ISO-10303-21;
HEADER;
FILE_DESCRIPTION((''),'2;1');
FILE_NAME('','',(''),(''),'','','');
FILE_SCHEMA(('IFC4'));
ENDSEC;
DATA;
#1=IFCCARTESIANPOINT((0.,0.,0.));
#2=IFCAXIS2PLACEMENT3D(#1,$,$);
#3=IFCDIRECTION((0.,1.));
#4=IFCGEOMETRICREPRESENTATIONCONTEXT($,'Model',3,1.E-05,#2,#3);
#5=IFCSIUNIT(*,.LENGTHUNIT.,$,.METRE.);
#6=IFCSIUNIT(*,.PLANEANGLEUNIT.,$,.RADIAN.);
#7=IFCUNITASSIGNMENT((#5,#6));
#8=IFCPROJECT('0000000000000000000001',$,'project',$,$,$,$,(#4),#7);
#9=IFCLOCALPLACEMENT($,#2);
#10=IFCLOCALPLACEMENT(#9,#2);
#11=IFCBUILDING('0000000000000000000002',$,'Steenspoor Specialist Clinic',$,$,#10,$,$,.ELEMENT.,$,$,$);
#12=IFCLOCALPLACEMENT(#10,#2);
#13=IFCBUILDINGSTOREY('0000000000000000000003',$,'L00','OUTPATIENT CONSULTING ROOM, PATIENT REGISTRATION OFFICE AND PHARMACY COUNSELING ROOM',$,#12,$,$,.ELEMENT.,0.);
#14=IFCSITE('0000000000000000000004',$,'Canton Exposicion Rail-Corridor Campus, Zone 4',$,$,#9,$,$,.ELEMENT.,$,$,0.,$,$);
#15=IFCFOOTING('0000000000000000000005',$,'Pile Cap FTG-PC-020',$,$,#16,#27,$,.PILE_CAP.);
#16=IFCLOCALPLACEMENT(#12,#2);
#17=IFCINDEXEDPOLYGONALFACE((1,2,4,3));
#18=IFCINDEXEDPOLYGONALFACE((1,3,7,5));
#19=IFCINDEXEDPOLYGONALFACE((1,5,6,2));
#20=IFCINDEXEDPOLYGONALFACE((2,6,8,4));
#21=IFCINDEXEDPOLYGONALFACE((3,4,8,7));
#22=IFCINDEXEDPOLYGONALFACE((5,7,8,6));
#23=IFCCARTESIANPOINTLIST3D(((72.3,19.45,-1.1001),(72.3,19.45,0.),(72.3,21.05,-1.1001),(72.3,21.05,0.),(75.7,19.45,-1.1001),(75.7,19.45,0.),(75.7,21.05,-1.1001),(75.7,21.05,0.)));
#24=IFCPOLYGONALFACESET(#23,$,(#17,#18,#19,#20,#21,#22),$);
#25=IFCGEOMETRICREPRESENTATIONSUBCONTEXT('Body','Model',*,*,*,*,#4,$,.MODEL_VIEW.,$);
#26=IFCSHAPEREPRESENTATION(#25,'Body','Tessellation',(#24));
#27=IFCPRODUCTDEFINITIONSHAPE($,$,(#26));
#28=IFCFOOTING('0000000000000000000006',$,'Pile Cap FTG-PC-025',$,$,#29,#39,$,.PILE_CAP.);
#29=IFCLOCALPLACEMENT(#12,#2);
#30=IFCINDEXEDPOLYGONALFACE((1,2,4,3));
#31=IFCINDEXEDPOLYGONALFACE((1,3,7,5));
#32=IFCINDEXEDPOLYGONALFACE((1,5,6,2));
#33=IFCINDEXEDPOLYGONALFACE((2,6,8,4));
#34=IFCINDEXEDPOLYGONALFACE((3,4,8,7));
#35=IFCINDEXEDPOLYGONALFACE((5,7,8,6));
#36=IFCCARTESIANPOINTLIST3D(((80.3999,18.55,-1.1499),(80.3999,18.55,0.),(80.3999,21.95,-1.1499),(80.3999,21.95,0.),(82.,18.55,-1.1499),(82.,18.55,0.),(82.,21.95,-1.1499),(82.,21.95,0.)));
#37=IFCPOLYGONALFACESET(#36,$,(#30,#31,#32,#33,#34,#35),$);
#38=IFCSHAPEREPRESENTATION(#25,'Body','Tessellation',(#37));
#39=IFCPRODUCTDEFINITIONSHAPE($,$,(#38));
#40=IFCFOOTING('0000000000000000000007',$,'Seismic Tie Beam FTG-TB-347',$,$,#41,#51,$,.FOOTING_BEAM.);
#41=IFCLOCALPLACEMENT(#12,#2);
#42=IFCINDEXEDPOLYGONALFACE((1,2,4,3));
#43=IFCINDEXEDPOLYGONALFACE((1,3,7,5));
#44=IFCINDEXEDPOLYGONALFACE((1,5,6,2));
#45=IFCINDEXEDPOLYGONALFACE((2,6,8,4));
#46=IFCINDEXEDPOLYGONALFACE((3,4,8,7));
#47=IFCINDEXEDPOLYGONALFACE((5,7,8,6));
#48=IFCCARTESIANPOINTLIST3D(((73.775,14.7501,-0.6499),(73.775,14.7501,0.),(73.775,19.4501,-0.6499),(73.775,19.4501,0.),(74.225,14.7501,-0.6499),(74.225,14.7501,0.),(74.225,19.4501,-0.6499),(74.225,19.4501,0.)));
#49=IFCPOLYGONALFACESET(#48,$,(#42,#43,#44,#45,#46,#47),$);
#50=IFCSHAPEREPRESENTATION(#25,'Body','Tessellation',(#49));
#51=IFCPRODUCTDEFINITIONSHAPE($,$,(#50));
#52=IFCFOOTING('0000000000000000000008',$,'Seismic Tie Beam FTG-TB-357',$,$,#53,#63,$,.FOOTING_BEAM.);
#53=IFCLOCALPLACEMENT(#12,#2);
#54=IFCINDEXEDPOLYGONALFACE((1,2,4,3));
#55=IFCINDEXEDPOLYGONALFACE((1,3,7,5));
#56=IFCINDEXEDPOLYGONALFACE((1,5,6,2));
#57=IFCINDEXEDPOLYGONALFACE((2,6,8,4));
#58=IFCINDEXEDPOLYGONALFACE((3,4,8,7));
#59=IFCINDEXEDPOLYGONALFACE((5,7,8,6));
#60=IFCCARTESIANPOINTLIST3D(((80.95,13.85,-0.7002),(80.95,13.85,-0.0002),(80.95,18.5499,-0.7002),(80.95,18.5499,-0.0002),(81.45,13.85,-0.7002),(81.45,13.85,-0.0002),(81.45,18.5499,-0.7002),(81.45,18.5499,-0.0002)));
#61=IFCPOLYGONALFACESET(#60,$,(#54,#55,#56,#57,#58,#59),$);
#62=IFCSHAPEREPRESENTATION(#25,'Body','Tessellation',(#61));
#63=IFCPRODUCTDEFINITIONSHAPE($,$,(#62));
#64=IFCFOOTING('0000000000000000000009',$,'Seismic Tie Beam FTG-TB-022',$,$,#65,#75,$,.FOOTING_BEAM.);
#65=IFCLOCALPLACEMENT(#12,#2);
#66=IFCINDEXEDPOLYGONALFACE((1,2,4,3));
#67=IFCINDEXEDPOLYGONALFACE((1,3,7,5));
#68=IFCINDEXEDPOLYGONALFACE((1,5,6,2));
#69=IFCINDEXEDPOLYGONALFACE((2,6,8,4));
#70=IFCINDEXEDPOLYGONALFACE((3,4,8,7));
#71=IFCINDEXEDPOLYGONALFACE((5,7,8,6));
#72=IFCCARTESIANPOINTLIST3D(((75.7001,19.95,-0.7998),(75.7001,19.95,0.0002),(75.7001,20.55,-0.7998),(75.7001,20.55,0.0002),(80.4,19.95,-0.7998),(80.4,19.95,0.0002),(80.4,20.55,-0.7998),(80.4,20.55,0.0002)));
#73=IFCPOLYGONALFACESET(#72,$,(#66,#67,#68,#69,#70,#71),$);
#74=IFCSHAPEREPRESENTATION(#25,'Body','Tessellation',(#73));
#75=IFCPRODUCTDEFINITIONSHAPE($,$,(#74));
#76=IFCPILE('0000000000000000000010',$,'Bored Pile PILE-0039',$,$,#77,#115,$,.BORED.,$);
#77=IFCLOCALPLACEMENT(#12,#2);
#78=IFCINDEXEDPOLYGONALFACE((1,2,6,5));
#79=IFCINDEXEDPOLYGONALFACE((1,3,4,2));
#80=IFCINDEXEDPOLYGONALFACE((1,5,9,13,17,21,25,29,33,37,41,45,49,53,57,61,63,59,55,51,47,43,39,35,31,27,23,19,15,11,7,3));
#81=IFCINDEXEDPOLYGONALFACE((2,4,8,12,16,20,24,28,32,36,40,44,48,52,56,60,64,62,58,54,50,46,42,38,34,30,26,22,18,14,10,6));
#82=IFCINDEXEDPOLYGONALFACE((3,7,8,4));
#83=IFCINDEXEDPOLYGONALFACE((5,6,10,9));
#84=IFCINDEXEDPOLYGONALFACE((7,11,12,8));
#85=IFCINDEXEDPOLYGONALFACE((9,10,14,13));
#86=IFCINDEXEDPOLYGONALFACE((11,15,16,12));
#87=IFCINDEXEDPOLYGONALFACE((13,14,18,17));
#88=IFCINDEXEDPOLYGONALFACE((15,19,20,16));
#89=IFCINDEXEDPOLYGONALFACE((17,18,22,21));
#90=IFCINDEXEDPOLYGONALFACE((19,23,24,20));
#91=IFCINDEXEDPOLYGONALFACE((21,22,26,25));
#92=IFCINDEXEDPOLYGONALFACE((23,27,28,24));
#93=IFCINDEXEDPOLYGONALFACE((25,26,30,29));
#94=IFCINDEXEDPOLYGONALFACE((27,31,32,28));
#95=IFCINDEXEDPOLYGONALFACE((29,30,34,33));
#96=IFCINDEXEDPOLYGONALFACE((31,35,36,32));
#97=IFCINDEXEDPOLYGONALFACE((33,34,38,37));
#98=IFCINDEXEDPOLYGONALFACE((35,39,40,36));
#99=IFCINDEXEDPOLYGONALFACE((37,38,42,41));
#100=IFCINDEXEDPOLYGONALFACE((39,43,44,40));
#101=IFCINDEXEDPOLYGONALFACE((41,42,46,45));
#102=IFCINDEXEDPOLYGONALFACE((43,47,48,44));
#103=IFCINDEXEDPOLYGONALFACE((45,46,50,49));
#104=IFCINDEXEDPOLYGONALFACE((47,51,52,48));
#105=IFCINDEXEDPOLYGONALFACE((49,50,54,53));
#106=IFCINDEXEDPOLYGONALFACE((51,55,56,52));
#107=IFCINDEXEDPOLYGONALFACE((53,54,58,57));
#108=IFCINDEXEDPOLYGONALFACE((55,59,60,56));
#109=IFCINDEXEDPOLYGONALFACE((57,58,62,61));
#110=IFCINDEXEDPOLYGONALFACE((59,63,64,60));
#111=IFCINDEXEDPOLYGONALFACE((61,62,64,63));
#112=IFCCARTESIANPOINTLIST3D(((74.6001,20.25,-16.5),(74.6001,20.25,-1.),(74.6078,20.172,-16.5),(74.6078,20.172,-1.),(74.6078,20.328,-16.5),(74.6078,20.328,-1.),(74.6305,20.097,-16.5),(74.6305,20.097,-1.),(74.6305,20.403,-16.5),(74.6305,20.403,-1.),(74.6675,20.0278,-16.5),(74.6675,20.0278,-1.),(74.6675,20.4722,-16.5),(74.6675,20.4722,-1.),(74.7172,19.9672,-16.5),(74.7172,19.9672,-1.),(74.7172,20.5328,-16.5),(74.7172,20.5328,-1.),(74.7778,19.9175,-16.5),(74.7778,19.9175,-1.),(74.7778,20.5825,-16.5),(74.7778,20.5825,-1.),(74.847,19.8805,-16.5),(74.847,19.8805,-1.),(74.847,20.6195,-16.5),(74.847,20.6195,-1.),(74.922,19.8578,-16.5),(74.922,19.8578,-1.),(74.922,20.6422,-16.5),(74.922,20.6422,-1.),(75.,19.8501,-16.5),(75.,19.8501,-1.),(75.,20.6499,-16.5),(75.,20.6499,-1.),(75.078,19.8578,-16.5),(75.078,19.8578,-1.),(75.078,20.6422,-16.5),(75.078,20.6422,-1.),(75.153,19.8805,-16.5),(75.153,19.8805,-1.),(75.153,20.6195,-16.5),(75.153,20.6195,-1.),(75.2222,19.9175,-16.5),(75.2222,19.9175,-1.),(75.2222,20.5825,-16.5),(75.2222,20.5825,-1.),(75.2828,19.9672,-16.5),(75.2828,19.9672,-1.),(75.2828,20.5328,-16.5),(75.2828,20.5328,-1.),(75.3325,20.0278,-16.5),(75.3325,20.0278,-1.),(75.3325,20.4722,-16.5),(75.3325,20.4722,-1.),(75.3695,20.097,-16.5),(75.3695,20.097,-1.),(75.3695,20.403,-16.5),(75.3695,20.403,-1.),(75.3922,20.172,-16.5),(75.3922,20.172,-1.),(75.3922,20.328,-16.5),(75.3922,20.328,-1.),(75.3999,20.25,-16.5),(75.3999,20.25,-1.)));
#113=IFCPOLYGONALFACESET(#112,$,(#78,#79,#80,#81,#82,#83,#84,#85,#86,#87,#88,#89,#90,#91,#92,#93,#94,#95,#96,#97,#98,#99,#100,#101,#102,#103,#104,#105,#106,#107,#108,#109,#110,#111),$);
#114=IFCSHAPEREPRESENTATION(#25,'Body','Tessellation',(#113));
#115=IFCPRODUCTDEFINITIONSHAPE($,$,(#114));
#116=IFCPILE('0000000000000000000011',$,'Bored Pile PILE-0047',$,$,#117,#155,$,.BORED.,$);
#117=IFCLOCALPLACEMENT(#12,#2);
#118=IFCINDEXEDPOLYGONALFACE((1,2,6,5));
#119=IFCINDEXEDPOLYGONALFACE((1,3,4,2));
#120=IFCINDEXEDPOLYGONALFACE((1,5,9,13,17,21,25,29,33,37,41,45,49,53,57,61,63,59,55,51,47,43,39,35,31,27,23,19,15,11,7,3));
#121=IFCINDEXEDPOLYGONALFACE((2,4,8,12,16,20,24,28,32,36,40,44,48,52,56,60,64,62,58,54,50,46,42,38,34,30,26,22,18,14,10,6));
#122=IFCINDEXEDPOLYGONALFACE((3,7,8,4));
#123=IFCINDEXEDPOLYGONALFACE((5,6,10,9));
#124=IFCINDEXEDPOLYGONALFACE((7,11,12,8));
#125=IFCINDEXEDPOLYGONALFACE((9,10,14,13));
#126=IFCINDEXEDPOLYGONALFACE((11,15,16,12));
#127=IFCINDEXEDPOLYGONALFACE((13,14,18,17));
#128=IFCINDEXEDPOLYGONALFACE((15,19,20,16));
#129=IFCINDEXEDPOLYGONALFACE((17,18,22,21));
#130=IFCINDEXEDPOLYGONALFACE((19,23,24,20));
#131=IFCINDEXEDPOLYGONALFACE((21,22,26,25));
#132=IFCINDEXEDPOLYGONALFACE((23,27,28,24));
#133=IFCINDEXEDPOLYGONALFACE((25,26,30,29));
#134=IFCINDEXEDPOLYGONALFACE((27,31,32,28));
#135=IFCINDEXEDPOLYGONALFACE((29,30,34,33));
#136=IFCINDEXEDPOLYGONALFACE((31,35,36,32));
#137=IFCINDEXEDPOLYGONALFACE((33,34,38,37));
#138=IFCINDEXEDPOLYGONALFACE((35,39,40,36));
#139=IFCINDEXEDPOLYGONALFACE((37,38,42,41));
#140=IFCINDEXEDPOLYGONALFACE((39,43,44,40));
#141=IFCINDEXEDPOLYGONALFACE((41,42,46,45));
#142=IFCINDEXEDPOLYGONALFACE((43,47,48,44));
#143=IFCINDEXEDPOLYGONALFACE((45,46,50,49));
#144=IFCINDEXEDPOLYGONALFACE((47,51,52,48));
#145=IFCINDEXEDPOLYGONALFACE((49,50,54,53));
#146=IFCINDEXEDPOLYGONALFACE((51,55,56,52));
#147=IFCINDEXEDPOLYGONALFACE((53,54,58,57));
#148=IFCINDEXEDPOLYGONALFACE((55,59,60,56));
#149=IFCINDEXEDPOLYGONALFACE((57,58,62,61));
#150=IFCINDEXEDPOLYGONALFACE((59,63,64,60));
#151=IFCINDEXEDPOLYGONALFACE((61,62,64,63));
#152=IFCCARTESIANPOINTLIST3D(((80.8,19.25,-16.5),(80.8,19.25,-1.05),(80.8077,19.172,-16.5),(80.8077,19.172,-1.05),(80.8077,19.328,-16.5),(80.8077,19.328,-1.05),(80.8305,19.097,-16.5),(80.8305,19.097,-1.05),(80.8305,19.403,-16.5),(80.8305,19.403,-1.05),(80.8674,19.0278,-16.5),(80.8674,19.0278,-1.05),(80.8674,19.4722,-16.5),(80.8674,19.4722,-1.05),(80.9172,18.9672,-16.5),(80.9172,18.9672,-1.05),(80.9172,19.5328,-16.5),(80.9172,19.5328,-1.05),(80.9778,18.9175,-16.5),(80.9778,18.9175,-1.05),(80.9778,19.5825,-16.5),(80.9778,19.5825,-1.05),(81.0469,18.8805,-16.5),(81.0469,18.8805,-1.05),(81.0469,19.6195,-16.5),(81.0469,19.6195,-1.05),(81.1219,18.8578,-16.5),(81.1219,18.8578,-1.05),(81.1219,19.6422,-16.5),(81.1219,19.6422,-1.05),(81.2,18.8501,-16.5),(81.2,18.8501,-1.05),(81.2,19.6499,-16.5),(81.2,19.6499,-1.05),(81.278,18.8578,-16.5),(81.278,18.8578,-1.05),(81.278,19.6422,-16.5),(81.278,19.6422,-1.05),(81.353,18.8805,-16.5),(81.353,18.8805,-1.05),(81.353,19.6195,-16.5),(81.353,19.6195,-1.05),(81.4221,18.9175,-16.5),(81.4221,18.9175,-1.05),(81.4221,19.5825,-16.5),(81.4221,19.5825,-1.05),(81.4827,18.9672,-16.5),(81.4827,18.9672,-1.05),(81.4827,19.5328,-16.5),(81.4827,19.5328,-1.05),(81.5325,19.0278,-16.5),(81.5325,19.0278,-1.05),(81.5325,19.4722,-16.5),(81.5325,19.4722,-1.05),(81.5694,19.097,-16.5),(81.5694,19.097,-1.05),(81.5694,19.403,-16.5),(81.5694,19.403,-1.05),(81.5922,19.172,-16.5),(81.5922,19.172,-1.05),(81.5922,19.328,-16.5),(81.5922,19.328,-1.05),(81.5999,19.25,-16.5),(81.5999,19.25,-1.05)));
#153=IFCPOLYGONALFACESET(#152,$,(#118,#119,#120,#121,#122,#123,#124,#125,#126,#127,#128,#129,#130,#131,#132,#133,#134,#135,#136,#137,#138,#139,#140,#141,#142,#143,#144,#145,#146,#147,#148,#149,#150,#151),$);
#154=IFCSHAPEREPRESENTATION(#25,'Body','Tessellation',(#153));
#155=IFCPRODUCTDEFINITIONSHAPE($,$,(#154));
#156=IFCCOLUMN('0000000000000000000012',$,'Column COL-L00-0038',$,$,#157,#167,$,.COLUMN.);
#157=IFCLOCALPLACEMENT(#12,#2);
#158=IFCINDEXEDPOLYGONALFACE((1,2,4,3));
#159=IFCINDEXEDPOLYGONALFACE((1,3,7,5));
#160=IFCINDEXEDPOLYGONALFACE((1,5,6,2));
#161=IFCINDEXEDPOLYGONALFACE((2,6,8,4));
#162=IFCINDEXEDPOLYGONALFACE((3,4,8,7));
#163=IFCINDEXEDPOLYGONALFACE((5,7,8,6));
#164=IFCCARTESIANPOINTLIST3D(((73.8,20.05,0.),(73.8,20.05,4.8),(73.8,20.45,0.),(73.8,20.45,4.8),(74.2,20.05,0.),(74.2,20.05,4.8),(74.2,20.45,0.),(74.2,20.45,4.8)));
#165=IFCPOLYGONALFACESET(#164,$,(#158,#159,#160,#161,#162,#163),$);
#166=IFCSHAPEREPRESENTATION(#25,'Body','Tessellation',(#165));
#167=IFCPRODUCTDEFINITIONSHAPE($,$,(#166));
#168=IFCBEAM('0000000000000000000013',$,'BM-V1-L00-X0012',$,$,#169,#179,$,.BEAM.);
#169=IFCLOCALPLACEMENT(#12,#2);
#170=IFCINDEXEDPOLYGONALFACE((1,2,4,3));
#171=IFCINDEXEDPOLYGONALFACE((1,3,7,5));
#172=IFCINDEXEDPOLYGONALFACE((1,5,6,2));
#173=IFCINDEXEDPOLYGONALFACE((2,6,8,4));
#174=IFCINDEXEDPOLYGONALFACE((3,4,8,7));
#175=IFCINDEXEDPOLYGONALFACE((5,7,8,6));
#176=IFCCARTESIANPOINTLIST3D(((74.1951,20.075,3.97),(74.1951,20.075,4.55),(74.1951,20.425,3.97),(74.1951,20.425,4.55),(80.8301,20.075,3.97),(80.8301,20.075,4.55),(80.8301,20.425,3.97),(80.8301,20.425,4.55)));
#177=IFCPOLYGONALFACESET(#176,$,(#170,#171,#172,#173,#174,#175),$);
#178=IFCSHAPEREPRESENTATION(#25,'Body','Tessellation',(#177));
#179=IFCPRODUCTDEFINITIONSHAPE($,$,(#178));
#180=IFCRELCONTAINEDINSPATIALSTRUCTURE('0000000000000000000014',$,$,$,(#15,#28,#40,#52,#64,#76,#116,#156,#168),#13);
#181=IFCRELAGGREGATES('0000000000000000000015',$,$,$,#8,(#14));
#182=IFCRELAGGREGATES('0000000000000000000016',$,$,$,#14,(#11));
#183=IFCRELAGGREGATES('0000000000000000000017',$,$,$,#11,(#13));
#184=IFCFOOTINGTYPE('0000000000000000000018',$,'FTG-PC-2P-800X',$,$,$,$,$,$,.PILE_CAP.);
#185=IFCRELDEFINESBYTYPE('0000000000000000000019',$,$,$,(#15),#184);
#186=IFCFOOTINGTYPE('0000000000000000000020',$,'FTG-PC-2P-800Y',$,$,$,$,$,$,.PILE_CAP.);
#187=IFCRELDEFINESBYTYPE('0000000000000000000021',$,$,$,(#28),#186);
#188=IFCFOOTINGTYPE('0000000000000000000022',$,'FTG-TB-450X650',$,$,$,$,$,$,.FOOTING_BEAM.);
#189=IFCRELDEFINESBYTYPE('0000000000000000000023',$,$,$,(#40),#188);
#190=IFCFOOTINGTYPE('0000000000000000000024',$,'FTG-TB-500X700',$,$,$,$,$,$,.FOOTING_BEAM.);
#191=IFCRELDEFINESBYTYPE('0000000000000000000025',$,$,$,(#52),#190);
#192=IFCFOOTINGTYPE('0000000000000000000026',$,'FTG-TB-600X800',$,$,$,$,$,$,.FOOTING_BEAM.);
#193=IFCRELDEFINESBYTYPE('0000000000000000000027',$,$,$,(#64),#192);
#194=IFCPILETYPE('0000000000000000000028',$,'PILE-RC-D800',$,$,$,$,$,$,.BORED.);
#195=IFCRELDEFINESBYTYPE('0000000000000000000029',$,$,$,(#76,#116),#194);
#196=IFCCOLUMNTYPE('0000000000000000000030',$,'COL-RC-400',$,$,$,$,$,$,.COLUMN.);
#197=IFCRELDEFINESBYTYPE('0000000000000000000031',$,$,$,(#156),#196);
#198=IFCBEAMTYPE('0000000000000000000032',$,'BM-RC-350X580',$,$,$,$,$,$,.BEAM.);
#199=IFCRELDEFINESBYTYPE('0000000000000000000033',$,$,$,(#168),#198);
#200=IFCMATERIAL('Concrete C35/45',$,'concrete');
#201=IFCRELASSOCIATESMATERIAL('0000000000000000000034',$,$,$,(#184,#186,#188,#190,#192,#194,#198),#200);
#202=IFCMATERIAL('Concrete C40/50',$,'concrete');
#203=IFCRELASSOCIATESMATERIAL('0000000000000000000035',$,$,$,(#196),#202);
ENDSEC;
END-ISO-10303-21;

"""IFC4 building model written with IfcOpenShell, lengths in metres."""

from ifc_helpers import new_model, si_unit, direction, frame, origin, origin_2d, place, context, subcontext, project, spatial, rectangle, circle, extrude, material, material_profile, profile_set, type_object, element, save


model = new_model("IFC4")

# Units and contexts
model_context = context("Model", 3, precision=1e-05, world=origin(), true_north=direction((0.0, 1.0)))
body_context = subcontext(model_context, "Body", "Model", "MODEL_VIEW")
ifc_project = project(units=[si_unit("LENGTHUNIT", "METRE"), si_unit("PLANEANGLEUNIT", "RADIAN")], contexts=[model_context])

# Site, building, storey
site_placement = place(None, origin())
site = spatial("IfcSite", under=ifc_project, at=site_placement, Name="Canton Exposicion Rail-Corridor Campus, Zone 4", CompositionType="ELEMENT", RefElevation=0.0)
building_placement = place(site_placement, origin())
building = spatial("IfcBuilding", under=site, at=building_placement, Name="Steenspoor Specialist Clinic", CompositionType="ELEMENT")
storey_placement = place(building_placement, origin())
storey = spatial("IfcBuildingStorey", under=building, at=storey_placement, Name="L00", Description="OUTPATIENT CONSULTING ROOM, PATIENT REGISTRATION OFFICE AND PHARMACY COUNSELING ROOM", CompositionType="ELEMENT", Elevation=0.0)

# Footings
ifc_material_1 = material(Name="Concrete C35/45", Category="concrete")
footing_type_1 = type_object("IfcFootingType", Name="FTG-PC-2P-800X", PredefinedType="PILE_CAP", material=ifc_material_1)
footing_1_placement = place(storey_placement, frame((74.0, 20.25, -1.1001), z_axis=(0.0, 0.0, 1.0), x_axis=(1.0, 0.0, 0.0)))
element("IfcFooting", 1, at=footing_1_placement, inside=storey, type_object=footing_type_1, Name="Pile Cap FTG-PC-020", PredefinedType="PILE_CAP", context=body_context, shape_type="SweptSolid", body=[
    extrude(rectangle(XDim=3.3999, YDim=1.6001, at=origin_2d()), origin(), (0.0, 0.0, 1.0), 1.1001),
])
footing_type_2 = type_object("IfcFootingType", Name="FTG-PC-2P-800Y", PredefinedType="PILE_CAP", material=ifc_material_1)
footing_2_placement = place(storey_placement, frame((81.2, 20.25, -1.1499), z_axis=(0.0, 0.0, 1.0), x_axis=(1.0, 0.0, 0.0)))
element("IfcFooting", 2, at=footing_2_placement, inside=storey, type_object=footing_type_2, Name="Pile Cap FTG-PC-025", PredefinedType="PILE_CAP", context=body_context, shape_type="SweptSolid", body=[
    extrude(rectangle(XDim=1.6001, YDim=3.3999, at=origin_2d()), origin(), (0.0, 0.0, 1.0), 1.1499),
])
footing_type_3 = type_object("IfcFootingType", Name="FTG-TB-450X650", PredefinedType="FOOTING_BEAM", material=ifc_material_1)
footing_3_placement = place(storey_placement, frame((74.0, 17.1001, -0.6499), z_axis=(0.0, 0.0, 1.0), x_axis=(1.0, 0.0, 0.0)))
element("IfcFooting", 3, at=footing_3_placement, inside=storey, type_object=footing_type_3, Name="Seismic Tie Beam FTG-TB-347", PredefinedType="FOOTING_BEAM", context=body_context, shape_type="SweptSolid", body=[
    extrude(rectangle(XDim=0.45, YDim=4.7, at=origin_2d()), origin(), (0.0, 0.0, 1.0), 0.6499),
])
footing_type_4 = type_object("IfcFootingType", Name="FTG-TB-500X700", PredefinedType="FOOTING_BEAM", material=ifc_material_1)
footing_4_placement = place(storey_placement, frame((81.2, 16.2, -0.7002), z_axis=(0.0, 0.0, 1.0), x_axis=(1.0, 0.0, 0.0)))
element("IfcFooting", 4, at=footing_4_placement, inside=storey, type_object=footing_type_4, Name="Seismic Tie Beam FTG-TB-357", PredefinedType="FOOTING_BEAM", context=body_context, shape_type="SweptSolid", body=[
    extrude(rectangle(XDim=0.5, YDim=4.7, at=origin_2d()), origin(), (0.0, 0.0, 1.0), 0.7),
])
footing_type_5 = type_object("IfcFootingType", Name="FTG-TB-600X800", PredefinedType="FOOTING_BEAM", material=ifc_material_1)
footing_5_placement = place(storey_placement, frame((78.05, 20.25, -0.7998), z_axis=(0.0, 0.0, 1.0), x_axis=(1.0, 0.0, 0.0)))
element("IfcFooting", 5, at=footing_5_placement, inside=storey, type_object=footing_type_5, Name="Seismic Tie Beam FTG-TB-022", PredefinedType="FOOTING_BEAM", context=body_context, shape_type="SweptSolid", body=[
    extrude(rectangle(XDim=4.7, YDim=0.6001, at=origin_2d()), origin(), (0.0, 0.0, 1.0), 0.8),
])

# Piles
ifc_material_profile_1 = material_profile(ifc_material_1, circle(Radius=0.3999, at=origin_2d()), Name="PILE-D800")
ifc_profile_set_1 = profile_set([ifc_material_profile_1], Name="Concrete C35/45")
pile_type = type_object("IfcPileType", Name="PILE-RC-D800", PredefinedType="BORED", material=ifc_profile_set_1)
pile_1_placement = place(storey_placement, frame((75.0, 20.25, -1.0), z_axis=(0.0, 0.0, -1.0), x_axis=(1.0, 0.0, 0.0)))
element("IfcPile", 6, at=pile_1_placement, inside=storey, type_object=pile_type, Name="Bored Pile PILE-0039", PredefinedType="BORED", context=body_context, shape_type="SweptSolid", body=[
    extrude(circle(Radius=0.3999, at=origin_2d()), origin(), (0.0, 0.0, 1.0), 15.5),
])
pile_2_placement = place(storey_placement, frame((81.2, 19.25, -1.05), z_axis=(0.0, 0.0, -1.0), x_axis=(1.0, 0.0, 0.0)))
element("IfcPile", 7, at=pile_2_placement, inside=storey, type_object=pile_type, Name="Bored Pile PILE-0047", PredefinedType="BORED", context=body_context, shape_type="SweptSolid", body=[
    extrude(circle(Radius=0.3999, at=origin_2d()), origin(), (0.0, 0.0, 1.0), 15.45),
])

# Column
ifc_material_2 = material(Name="Concrete C40/50", Category="concrete")
ifc_material_profile_2 = material_profile(ifc_material_2, rectangle(XDim=0.3999, YDim=0.3999, at=origin_2d()), Name="RC-COL-400X400")
ifc_profile_set_2 = profile_set([ifc_material_profile_2], Name="Concrete C40/50")
column_type = type_object("IfcColumnType", Name="COL-RC-400", PredefinedType="COLUMN", material=ifc_profile_set_2)
column_placement = place(storey_placement, frame((74.0, 20.25, 0.0), z_axis=(0.0, 0.0, 1.0), x_axis=(1.0, 0.0, 0.0)))
element("IfcColumn", 8, at=column_placement, inside=storey, type_object=column_type, Name="Column COL-L00-0038", PredefinedType="COLUMN", context=body_context, shape_type="SweptSolid", body=[
    extrude(rectangle(XDim=0.3999, YDim=0.3999, at=origin_2d()), origin(), (0.0, 0.0, 1.0), 4.8),
])

# Beam
ifc_material_profile_3 = material_profile(ifc_material_1, rectangle(XDim=0.3501, YDim=0.5801, at=origin_2d()), Name="RC-BM-350X580")
ifc_profile_set_3 = profile_set([ifc_material_profile_3], Name="Concrete C35/45")
beam_type_1 = type_object("IfcBeamType", Name="BM-RC-350X580", PredefinedType="BEAM", material=ifc_profile_set_3)
beam_1_placement = place(storey_placement, frame((74.1951, 20.25, 4.26), z_axis=(1.0, 0.0, 0.0), x_axis=(0.0, 1.0, 0.0)))
element("IfcBeam", 9, at=beam_1_placement, inside=storey, type_object=beam_type_1, Name="BM-V1-L00-X0012", PredefinedType="BEAM", context=body_context, shape_type="SweptSolid", body=[
    extrude(rectangle(XDim=0.3501, YDim=0.5801, at=origin_2d()), origin(), (0.0, 0.0, 1.0), 6.635),
])

save(model, "model.ifc")
